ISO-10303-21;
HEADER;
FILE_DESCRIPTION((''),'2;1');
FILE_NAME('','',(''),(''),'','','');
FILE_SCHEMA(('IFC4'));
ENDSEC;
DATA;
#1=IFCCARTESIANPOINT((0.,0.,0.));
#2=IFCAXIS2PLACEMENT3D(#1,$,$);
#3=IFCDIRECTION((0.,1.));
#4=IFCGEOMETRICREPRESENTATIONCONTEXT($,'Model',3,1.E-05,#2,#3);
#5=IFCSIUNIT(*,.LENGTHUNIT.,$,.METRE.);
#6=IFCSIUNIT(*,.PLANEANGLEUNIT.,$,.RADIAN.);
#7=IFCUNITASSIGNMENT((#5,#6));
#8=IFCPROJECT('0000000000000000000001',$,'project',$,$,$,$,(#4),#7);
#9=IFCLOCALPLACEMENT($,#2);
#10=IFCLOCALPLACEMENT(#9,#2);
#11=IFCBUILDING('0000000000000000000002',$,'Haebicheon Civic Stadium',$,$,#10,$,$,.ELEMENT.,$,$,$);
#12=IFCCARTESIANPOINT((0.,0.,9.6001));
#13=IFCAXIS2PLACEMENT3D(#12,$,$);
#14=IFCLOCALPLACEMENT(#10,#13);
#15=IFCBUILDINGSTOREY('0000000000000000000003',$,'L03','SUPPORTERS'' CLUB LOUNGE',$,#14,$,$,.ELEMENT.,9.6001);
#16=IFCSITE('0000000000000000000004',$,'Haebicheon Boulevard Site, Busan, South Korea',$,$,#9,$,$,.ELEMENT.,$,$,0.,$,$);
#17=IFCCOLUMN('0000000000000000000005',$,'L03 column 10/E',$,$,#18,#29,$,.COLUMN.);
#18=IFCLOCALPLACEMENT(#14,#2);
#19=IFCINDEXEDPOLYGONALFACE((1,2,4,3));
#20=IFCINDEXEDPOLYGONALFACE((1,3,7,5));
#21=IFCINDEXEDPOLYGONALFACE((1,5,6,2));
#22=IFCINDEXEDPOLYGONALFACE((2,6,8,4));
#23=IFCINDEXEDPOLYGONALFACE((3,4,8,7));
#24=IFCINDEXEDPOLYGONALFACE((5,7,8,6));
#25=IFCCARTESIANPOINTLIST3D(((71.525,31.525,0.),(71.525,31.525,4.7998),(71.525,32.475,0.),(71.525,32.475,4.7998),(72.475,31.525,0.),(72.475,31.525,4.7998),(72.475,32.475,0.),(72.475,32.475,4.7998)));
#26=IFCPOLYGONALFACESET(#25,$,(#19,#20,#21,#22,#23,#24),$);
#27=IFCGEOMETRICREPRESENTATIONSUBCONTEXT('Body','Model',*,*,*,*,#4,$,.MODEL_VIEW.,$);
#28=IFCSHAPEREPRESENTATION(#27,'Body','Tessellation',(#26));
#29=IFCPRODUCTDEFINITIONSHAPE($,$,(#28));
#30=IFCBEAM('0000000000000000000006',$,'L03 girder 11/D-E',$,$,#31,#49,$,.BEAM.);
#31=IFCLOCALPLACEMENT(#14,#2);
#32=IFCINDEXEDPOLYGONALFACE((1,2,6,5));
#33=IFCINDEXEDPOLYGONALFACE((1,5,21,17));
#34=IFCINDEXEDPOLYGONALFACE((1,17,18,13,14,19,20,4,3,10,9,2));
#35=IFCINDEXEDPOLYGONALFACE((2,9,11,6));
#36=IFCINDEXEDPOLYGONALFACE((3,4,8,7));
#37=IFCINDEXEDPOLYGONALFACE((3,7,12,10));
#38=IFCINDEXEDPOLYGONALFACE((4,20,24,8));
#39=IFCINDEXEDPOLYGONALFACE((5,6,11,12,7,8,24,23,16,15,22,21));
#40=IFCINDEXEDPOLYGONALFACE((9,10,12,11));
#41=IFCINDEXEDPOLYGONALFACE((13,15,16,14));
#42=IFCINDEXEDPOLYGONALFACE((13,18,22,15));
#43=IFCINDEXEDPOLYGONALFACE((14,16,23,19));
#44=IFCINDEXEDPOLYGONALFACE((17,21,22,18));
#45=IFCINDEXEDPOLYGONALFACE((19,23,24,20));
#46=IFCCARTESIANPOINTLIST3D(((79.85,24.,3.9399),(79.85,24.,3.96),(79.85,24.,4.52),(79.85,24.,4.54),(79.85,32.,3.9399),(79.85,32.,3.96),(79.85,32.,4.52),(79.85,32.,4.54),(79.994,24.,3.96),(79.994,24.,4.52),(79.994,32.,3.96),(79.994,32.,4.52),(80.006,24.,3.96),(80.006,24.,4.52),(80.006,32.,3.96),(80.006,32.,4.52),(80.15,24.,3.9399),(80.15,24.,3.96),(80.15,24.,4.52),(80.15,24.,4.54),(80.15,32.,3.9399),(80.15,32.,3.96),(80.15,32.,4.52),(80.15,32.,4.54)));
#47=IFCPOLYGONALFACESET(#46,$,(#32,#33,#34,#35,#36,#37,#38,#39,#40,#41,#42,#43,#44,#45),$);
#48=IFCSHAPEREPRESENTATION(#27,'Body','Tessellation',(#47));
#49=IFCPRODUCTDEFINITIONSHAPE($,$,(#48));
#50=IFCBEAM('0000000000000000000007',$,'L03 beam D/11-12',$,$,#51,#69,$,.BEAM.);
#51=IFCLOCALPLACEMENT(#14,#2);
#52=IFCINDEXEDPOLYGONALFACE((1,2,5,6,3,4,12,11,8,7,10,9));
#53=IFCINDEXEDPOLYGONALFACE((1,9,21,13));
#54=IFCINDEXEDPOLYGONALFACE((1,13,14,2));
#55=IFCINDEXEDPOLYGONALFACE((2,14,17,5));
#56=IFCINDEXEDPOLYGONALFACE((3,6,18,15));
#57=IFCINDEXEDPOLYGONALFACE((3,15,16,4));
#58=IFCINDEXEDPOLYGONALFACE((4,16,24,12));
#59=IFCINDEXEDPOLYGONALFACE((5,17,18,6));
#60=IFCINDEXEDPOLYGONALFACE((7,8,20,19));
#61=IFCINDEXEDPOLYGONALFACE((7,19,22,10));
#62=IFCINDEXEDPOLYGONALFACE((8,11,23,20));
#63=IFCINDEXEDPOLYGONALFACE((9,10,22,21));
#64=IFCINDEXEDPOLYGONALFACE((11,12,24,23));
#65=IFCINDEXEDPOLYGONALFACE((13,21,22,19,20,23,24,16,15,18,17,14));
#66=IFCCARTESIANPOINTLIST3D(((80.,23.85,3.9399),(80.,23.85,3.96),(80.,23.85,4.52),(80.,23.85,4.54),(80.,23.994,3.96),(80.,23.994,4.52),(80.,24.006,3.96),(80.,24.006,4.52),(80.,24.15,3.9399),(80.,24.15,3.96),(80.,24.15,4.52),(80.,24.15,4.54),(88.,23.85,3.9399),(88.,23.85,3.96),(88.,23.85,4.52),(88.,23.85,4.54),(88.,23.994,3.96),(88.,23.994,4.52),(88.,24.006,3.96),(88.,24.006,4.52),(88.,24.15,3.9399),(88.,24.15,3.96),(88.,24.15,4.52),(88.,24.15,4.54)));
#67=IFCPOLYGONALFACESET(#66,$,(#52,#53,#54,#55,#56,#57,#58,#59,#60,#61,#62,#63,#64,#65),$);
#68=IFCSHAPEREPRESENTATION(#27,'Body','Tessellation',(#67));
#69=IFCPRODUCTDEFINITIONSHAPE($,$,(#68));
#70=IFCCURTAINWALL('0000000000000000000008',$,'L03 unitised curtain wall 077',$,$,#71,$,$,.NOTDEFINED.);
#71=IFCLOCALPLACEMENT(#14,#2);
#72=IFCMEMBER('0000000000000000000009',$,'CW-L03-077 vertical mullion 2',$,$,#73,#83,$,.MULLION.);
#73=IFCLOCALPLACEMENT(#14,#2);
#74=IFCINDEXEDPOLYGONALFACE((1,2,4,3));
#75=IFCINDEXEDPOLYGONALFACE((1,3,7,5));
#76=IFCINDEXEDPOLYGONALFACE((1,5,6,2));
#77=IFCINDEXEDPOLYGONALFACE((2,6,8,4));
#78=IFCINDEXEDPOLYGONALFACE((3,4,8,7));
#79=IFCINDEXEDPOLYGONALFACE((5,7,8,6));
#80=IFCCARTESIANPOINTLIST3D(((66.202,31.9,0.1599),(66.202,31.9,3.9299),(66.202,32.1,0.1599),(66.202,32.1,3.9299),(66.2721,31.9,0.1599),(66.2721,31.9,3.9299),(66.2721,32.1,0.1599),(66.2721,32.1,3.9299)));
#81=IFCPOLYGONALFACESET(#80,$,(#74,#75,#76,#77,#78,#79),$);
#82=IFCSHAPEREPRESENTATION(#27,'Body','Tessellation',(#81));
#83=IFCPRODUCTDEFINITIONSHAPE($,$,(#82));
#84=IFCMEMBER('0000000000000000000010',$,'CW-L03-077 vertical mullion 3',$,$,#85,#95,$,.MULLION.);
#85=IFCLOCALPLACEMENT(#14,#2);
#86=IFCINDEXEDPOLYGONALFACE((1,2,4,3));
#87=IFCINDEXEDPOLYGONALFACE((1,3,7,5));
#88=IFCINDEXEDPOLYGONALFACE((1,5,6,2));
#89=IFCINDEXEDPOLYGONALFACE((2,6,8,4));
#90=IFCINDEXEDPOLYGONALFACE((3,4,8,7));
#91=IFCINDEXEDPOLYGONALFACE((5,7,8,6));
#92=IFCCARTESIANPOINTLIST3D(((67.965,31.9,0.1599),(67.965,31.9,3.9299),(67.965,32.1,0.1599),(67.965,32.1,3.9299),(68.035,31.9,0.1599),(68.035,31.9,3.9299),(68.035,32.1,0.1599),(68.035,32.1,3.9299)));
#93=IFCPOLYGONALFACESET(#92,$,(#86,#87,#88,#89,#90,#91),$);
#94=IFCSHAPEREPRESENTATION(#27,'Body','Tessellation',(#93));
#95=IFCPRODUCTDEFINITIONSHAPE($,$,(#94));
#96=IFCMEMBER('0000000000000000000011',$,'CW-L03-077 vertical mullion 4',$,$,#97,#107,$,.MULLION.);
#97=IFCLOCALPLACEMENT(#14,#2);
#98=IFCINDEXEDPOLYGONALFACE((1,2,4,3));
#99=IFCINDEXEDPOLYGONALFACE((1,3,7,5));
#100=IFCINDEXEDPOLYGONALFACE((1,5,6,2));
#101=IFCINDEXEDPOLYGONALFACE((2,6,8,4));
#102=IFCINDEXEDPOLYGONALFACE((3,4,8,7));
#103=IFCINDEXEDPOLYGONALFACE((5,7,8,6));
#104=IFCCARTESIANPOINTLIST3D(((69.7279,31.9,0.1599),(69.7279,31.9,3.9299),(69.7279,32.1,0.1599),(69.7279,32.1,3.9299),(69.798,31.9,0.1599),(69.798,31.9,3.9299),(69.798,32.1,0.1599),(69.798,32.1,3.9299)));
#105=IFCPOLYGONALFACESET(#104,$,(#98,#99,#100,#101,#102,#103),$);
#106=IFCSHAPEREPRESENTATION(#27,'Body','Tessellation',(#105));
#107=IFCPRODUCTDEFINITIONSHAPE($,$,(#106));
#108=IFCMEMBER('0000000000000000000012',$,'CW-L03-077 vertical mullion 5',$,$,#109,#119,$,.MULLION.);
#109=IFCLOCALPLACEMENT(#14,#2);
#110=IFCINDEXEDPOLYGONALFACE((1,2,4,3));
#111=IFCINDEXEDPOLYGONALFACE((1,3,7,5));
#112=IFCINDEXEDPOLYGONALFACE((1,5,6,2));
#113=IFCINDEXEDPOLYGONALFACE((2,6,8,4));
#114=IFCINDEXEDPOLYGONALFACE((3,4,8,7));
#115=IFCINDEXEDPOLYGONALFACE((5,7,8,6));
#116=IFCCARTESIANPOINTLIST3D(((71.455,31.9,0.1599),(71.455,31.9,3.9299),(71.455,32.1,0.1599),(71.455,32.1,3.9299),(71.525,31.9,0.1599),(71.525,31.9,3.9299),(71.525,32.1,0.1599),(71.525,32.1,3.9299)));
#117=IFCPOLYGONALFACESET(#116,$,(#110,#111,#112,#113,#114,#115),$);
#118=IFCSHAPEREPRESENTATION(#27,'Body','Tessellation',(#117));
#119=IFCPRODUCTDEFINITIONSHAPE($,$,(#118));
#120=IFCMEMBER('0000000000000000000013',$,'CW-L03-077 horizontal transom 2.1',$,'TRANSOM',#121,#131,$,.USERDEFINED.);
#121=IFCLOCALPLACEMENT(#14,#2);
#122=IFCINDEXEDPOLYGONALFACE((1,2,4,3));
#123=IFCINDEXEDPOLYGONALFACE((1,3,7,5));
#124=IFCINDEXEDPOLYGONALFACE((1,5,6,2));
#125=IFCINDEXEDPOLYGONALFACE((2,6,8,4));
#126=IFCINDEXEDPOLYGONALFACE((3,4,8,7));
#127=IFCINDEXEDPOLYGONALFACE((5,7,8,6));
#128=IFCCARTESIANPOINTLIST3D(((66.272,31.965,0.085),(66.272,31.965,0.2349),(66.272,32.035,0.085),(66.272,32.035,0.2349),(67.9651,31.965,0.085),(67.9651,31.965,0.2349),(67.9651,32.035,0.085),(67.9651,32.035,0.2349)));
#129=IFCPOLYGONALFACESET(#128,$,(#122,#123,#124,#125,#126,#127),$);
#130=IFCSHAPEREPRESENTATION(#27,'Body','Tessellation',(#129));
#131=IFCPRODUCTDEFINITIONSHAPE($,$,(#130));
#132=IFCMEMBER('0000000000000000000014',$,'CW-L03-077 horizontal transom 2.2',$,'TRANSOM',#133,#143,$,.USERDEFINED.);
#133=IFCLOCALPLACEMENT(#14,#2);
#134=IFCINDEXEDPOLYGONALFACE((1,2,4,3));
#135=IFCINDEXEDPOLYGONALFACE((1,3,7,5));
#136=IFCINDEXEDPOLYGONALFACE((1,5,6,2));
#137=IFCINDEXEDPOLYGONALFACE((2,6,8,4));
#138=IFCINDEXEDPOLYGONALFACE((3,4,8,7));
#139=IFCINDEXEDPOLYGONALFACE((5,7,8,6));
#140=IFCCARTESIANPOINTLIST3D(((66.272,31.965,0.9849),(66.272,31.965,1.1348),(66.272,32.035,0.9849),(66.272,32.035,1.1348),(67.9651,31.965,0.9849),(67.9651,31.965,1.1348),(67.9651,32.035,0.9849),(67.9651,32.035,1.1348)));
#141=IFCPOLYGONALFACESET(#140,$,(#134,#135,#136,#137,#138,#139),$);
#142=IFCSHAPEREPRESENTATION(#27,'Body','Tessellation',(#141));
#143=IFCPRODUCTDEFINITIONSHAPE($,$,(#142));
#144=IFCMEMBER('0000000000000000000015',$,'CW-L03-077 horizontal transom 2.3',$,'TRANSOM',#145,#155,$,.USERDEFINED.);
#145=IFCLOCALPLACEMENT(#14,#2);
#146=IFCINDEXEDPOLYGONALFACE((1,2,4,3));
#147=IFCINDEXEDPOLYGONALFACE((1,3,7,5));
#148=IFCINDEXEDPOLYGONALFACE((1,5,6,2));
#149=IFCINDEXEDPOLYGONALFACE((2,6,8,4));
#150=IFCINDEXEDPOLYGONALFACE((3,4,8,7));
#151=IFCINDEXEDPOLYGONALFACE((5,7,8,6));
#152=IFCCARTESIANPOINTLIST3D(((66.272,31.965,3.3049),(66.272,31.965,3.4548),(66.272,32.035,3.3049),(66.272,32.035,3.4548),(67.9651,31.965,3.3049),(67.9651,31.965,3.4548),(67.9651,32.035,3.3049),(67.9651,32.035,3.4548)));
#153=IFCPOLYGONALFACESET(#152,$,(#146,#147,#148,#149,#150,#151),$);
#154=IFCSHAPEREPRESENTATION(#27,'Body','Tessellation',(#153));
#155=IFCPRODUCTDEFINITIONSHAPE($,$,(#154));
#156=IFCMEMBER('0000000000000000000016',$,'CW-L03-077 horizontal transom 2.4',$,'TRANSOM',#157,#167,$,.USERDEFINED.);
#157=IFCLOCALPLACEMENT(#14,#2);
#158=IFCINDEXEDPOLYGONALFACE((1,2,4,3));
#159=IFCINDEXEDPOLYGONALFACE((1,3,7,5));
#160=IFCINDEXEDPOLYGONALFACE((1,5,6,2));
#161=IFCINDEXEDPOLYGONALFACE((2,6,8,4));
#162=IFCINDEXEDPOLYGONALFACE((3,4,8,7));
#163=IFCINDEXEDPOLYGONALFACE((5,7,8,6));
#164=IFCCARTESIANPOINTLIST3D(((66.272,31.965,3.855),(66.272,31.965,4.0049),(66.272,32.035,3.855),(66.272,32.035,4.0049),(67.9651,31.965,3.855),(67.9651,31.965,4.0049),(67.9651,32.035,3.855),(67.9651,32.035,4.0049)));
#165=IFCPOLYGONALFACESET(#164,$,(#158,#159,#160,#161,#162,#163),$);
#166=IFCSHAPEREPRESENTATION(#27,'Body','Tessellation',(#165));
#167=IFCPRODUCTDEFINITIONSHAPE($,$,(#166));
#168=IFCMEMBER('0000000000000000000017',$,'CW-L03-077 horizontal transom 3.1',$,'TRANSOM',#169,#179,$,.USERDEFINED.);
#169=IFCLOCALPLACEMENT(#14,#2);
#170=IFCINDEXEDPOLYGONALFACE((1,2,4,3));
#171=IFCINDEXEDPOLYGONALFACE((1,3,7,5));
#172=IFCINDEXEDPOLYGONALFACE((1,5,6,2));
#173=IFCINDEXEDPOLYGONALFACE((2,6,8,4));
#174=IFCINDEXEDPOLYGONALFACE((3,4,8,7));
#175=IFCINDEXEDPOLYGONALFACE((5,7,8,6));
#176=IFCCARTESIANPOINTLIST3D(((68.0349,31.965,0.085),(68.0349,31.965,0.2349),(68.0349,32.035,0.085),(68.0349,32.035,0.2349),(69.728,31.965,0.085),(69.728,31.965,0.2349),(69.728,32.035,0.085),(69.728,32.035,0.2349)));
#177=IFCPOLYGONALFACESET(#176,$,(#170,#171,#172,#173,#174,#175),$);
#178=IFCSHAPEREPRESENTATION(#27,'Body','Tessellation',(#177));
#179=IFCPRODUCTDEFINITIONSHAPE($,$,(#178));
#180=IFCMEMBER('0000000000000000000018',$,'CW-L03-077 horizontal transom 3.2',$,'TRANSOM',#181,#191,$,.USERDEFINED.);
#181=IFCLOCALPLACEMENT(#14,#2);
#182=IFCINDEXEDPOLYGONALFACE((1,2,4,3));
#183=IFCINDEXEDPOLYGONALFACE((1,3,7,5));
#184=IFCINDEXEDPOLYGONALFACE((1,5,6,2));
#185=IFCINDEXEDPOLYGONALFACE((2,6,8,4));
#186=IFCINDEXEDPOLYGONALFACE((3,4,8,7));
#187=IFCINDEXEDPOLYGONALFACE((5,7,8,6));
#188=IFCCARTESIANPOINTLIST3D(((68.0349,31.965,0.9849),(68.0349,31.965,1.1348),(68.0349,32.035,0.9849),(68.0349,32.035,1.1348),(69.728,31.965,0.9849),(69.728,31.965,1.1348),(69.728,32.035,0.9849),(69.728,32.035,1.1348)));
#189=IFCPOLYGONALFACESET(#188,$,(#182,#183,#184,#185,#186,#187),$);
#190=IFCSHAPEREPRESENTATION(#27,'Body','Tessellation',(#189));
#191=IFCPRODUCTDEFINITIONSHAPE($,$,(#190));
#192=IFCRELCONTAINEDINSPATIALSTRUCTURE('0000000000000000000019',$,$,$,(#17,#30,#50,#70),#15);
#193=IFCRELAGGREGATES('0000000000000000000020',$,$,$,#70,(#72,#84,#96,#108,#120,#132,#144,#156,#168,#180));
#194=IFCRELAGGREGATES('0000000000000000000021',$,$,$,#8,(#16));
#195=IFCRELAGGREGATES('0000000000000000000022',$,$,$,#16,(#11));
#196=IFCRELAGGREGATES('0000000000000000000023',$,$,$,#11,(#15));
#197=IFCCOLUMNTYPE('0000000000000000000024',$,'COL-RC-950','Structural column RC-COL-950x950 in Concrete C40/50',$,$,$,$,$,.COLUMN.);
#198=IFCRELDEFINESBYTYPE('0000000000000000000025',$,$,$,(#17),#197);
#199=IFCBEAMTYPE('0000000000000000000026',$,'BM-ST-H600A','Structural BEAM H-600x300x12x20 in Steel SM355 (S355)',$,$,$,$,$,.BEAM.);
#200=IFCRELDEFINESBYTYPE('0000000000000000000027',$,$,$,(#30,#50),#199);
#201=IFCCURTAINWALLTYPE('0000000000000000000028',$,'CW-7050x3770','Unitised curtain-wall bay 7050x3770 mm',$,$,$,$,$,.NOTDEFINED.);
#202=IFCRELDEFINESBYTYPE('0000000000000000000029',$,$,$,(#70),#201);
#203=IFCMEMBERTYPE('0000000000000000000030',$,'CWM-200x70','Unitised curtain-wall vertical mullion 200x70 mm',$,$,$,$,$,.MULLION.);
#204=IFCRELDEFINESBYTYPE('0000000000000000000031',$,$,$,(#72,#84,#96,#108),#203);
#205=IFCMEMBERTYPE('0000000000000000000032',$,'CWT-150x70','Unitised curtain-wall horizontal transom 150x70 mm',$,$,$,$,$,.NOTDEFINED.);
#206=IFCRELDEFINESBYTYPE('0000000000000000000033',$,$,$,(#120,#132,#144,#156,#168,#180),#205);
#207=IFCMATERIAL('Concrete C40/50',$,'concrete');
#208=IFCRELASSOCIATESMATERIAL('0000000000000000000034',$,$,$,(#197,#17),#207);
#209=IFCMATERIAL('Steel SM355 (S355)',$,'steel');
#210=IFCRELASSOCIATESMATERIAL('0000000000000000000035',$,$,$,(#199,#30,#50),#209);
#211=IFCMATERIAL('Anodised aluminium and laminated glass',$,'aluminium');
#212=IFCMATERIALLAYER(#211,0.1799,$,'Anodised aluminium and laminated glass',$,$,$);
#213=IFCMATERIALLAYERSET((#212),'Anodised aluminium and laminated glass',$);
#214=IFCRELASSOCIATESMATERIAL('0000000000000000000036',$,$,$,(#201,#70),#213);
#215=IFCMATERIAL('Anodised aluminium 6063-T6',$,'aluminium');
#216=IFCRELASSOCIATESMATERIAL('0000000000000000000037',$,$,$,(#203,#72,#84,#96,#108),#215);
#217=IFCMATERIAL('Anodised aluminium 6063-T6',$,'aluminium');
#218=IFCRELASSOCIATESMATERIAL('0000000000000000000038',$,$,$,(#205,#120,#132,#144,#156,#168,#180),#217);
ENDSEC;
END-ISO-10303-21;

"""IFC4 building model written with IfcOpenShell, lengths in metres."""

from ifc_helpers import new_model, si_unit, direction, frame, origin, origin_2d, place, context, subcontext, project, spatial, rectangle, i_section, extrude, material, layer, layer_set, material_profile, profile_set, type_object, element, aggregate, save


model = new_model("IFC4")

# Units and contexts
model_context = context("Model", 3, precision=1e-05, world=origin(), true_north=direction((0.0, 1.0)))
body_context = subcontext(model_context, "Body", "Model", "MODEL_VIEW")
ifc_project = project(units=[si_unit("LENGTHUNIT", "METRE"), si_unit("PLANEANGLEUNIT", "RADIAN")], contexts=[model_context])

# Site, building, storey
site_placement = place(None, origin())
site = spatial("IfcSite", under=ifc_project, at=site_placement, Name="Haebicheon Boulevard Site, Busan, South Korea", CompositionType="ELEMENT", RefElevation=0.0)
building_placement = place(site_placement, origin())
building = spatial("IfcBuilding", under=site, at=building_placement, Name="Haebicheon Civic Stadium", CompositionType="ELEMENT")
storey_placement = place(building_placement, frame((0.0, 0.0, 9.6001)))
storey = spatial("IfcBuildingStorey", under=building, at=storey_placement, Name="L03", Description="SUPPORTERS' CLUB LOUNGE", CompositionType="ELEMENT", Elevation=9.6001)

# Column
ifc_material_1 = material(Name="Concrete C40/50", Category="concrete")
ifc_material_profile_1 = material_profile(ifc_material_1, rectangle(XDim=0.95, YDim=0.95, at=origin_2d()), Name="RC-COL-950x950")
ifc_profile_set_1 = profile_set([ifc_material_profile_1], Name="Concrete C40/50")
column_type = type_object("IfcColumnType", Name="COL-RC-950", Description="Structural column RC-COL-950x950 in Concrete C40/50", PredefinedType="COLUMN", material=ifc_profile_set_1)
column_placement = place(storey_placement, frame((72.0, 32.0, 0.0), z_axis=(0.0, 0.0, 1.0), x_axis=(1.0, 0.0, 0.0)))
element("IfcColumn", 1, at=column_placement, inside=storey, type_object=column_type, material=ifc_profile_set_1, Name="L03 column 10/E", PredefinedType="COLUMN", context=body_context, shape_type="SweptSolid", body=[
    extrude(rectangle(XDim=0.95, YDim=0.95, at=origin_2d()), origin(), (0.0, 0.0, 1.0), 4.7998),
])

# Beams
ifc_material_2 = material(Name="Steel SM355 (S355)", Category="steel")
ifc_material_profile_2 = material_profile(ifc_material_2, i_section(OverallWidth=0.3, OverallDepth=0.6001, WebThickness=0.012, FlangeThickness=0.02, at=origin_2d()), Name="H-600x300x12x20")
ifc_profile_set_2 = profile_set([ifc_material_profile_2], Name="Steel SM355 (S355)")
beam_type_1 = type_object("IfcBeamType", Name="BM-ST-H600A", Description="Structural BEAM H-600x300x12x20 in Steel SM355 (S355)", PredefinedType="BEAM", material=ifc_profile_set_2)
for number, where, z_axis, x_axis, name in (
    (2, (80.0, 24.0, 4.24), (0.0, 1.0, 0.0), (-1.0, 0.0, 0.0), "L03 girder 11/D-E"),
    (3, (80.0, 24.0, 4.24), (1.0, 0.0, 0.0), (0.0, 1.0, 0.0), "L03 beam D/11-12"),
):
    element("IfcBeam", number, at=place(storey_placement, frame(where, z_axis=z_axis, x_axis=x_axis)), inside=storey, type_object=beam_type_1, material=ifc_profile_set_2, Name=name, PredefinedType="BEAM", context=body_context, shape_type="SweptSolid", body=[
        extrude(i_section(OverallWidth=0.3, OverallDepth=0.6001, WebThickness=0.012, FlangeThickness=0.02, at=origin_2d()), origin(), (0.0, 0.0, 1.0), 8.0),
    ])

# Curtain wall, members
ifc_material_3 = material(Name="Anodised aluminium and laminated glass", Category="aluminium")
ifc_layer_1 = layer(ifc_material_3, 0.1799, Name="Anodised aluminium and laminated glass")
ifc_layer_set_1 = layer_set([ifc_layer_1], Name="Anodised aluminium and laminated glass")
curtain_wall_type = type_object("IfcCurtainWallType", Name="CW-7050x3770", Description="Unitised curtain-wall bay 7050x3770 mm", PredefinedType="NOTDEFINED", material=ifc_layer_set_1)
curtain_wall_placement = place(storey_placement, origin())
curtain_wall = element("IfcCurtainWall", 4, at=curtain_wall_placement, inside=storey, type_object=curtain_wall_type, material=ifc_layer_set_1, Name="L03 unitised curtain wall 077", PredefinedType="NOTDEFINED")
ifc_material_4 = material(Name="Anodised aluminium 6063-T6", Category="aluminium")
ifc_material_profile_3 = material_profile(ifc_material_4, rectangle(XDim=0.0701, YDim=0.2, at=origin_2d()), Name="ALU-MULL-70x200")
ifc_profile_set_3 = profile_set([ifc_material_profile_3], Name="Anodised aluminium 6063-T6")
member_type_1 = type_object("IfcMemberType", Name="CWM-200x70", Description="Unitised curtain-wall vertical mullion 200x70 mm", PredefinedType="MULLION", material=ifc_profile_set_3)
member_1_placement = place(storey_placement, frame((66.2371, 32.0, 0.1599), z_axis=(0.0, 0.0, 1.0), x_axis=(1.0, 0.0, 0.0)))
member_1 = element("IfcMember", 5, at=member_1_placement, type_object=member_type_1, material=ifc_profile_set_3, Name="CW-L03-077 vertical mullion 2", PredefinedType="MULLION", context=body_context, shape_type="SweptSolid", body=[
    extrude(rectangle(XDim=0.0701, YDim=0.2, at=origin_2d()), origin(), (0.0, 0.0, 1.0), 3.77),
])
member_2_placement = place(storey_placement, frame((68.0, 32.0, 0.1599), z_axis=(0.0, 0.0, 1.0), x_axis=(1.0, 0.0, 0.0)))
member_2 = element("IfcMember", 6, at=member_2_placement, type_object=member_type_1, material=ifc_profile_set_3, Name="CW-L03-077 vertical mullion 3", PredefinedType="MULLION", context=body_context, shape_type="SweptSolid", body=[
    extrude(rectangle(XDim=0.0701, YDim=0.2, at=origin_2d()), origin(), (0.0, 0.0, 1.0), 3.77),
])
member_3_placement = place(storey_placement, frame((69.7629, 32.0, 0.1599), z_axis=(0.0, 0.0, 1.0), x_axis=(1.0, 0.0, 0.0)))
member_3 = element("IfcMember", 7, at=member_3_placement, type_object=member_type_1, material=ifc_profile_set_3, Name="CW-L03-077 vertical mullion 4", PredefinedType="MULLION", context=body_context, shape_type="SweptSolid", body=[
    extrude(rectangle(XDim=0.0701, YDim=0.2, at=origin_2d()), origin(), (0.0, 0.0, 1.0), 3.77),
])
member_4_placement = place(storey_placement, frame((71.49, 32.0, 0.1599), z_axis=(0.0, 0.0, 1.0), x_axis=(1.0, 0.0, 0.0)))
member_4 = element("IfcMember", 8, at=member_4_placement, type_object=member_type_1, material=ifc_profile_set_3, Name="CW-L03-077 vertical mullion 5", PredefinedType="MULLION", context=body_context, shape_type="SweptSolid", body=[
    extrude(rectangle(XDim=0.0701, YDim=0.2, at=origin_2d()), origin(), (0.0, 0.0, 1.0), 3.77),
])
ifc_material_5 = material(Name="Anodised aluminium 6063-T6", Category="aluminium")
ifc_material_profile_4 = material_profile(ifc_material_5, rectangle(XDim=0.0701, YDim=0.1499, at=origin_2d()), Name="ALU-TRAN-70x150")
ifc_profile_set_4 = profile_set([ifc_material_profile_4], Name="Anodised aluminium 6063-T6")
member_type_2 = type_object("IfcMemberType", Name="CWT-150x70", Description="Unitised curtain-wall horizontal transom 150x70 mm", PredefinedType="NOTDEFINED", material=ifc_profile_set_4)
member_5_placement = place(storey_placement, frame((66.272, 32.0, 0.1599), z_axis=(1.0, 0.0, 0.0), x_axis=(0.0, 1.0, 0.0)))
member_5 = element("IfcMember", 9, at=member_5_placement, type_object=member_type_2, material=ifc_profile_set_4, Name="CW-L03-077 horizontal transom 2.1", ObjectType="TRANSOM", PredefinedType="USERDEFINED", context=body_context, shape_type="SweptSolid", body=[
    extrude(rectangle(XDim=0.0701, YDim=0.1499, at=origin_2d()), origin(), (0.0, 0.0, 1.0), 1.6931),
])
member_6_placement = place(storey_placement, frame((66.272, 32.0, 1.0598), z_axis=(1.0, 0.0, 0.0), x_axis=(0.0, 1.0, 0.0)))
member_6 = element("IfcMember", 10, at=member_6_placement, type_object=member_type_2, material=ifc_profile_set_4, Name="CW-L03-077 horizontal transom 2.2", ObjectType="TRANSOM", PredefinedType="USERDEFINED", context=body_context, shape_type="SweptSolid", body=[
    extrude(rectangle(XDim=0.0701, YDim=0.1499, at=origin_2d()), origin(), (0.0, 0.0, 1.0), 1.6931),
])
member_7_placement = place(storey_placement, frame((66.272, 32.0, 3.3799), z_axis=(1.0, 0.0, 0.0), x_axis=(0.0, 1.0, 0.0)))
member_7 = element("IfcMember", 11, at=member_7_placement, type_object=member_type_2, material=ifc_profile_set_4, Name="CW-L03-077 horizontal transom 2.3", ObjectType="TRANSOM", PredefinedType="USERDEFINED", context=body_context, shape_type="SweptSolid", body=[
    extrude(rectangle(XDim=0.0701, YDim=0.1499, at=origin_2d()), origin(), (0.0, 0.0, 1.0), 1.6931),
])
member_8_placement = place(storey_placement, frame((66.272, 32.0, 3.9299), z_axis=(1.0, 0.0, 0.0), x_axis=(0.0, 1.0, 0.0)))
member_8 = element("IfcMember", 12, at=member_8_placement, type_object=member_type_2, material=ifc_profile_set_4, Name="CW-L03-077 horizontal transom 2.4", ObjectType="TRANSOM", PredefinedType="USERDEFINED", context=body_context, shape_type="SweptSolid", body=[
    extrude(rectangle(XDim=0.0701, YDim=0.1499, at=origin_2d()), origin(), (0.0, 0.0, 1.0), 1.6931),
])
member_9_placement = place(storey_placement, frame((68.0349, 32.0, 0.1599), z_axis=(1.0, 0.0, 0.0), x_axis=(0.0, 1.0, 0.0)))
member_9 = element("IfcMember", 13, at=member_9_placement, type_object=member_type_2, material=ifc_profile_set_4, Name="CW-L03-077 horizontal transom 3.1", ObjectType="TRANSOM", PredefinedType="USERDEFINED", context=body_context, shape_type="SweptSolid", body=[
    extrude(rectangle(XDim=0.0701, YDim=0.1499, at=origin_2d()), origin(), (0.0, 0.0, 1.0), 1.6931),
])
member_10_placement = place(storey_placement, frame((68.0349, 32.0, 1.0598), z_axis=(1.0, 0.0, 0.0), x_axis=(0.0, 1.0, 0.0)))
member_10 = element("IfcMember", 14, at=member_10_placement, type_object=member_type_2, material=ifc_profile_set_4, Name="CW-L03-077 horizontal transom 3.2", ObjectType="TRANSOM", PredefinedType="USERDEFINED", context=body_context, shape_type="SweptSolid", body=[
    extrude(rectangle(XDim=0.0701, YDim=0.1499, at=origin_2d()), origin(), (0.0, 0.0, 1.0), 1.6931),
])

aggregate(curtain_wall, [member_1, member_2, member_3, member_4, member_5, member_6, member_7, member_8, member_9, member_10])

save(model, "model.ifc")
